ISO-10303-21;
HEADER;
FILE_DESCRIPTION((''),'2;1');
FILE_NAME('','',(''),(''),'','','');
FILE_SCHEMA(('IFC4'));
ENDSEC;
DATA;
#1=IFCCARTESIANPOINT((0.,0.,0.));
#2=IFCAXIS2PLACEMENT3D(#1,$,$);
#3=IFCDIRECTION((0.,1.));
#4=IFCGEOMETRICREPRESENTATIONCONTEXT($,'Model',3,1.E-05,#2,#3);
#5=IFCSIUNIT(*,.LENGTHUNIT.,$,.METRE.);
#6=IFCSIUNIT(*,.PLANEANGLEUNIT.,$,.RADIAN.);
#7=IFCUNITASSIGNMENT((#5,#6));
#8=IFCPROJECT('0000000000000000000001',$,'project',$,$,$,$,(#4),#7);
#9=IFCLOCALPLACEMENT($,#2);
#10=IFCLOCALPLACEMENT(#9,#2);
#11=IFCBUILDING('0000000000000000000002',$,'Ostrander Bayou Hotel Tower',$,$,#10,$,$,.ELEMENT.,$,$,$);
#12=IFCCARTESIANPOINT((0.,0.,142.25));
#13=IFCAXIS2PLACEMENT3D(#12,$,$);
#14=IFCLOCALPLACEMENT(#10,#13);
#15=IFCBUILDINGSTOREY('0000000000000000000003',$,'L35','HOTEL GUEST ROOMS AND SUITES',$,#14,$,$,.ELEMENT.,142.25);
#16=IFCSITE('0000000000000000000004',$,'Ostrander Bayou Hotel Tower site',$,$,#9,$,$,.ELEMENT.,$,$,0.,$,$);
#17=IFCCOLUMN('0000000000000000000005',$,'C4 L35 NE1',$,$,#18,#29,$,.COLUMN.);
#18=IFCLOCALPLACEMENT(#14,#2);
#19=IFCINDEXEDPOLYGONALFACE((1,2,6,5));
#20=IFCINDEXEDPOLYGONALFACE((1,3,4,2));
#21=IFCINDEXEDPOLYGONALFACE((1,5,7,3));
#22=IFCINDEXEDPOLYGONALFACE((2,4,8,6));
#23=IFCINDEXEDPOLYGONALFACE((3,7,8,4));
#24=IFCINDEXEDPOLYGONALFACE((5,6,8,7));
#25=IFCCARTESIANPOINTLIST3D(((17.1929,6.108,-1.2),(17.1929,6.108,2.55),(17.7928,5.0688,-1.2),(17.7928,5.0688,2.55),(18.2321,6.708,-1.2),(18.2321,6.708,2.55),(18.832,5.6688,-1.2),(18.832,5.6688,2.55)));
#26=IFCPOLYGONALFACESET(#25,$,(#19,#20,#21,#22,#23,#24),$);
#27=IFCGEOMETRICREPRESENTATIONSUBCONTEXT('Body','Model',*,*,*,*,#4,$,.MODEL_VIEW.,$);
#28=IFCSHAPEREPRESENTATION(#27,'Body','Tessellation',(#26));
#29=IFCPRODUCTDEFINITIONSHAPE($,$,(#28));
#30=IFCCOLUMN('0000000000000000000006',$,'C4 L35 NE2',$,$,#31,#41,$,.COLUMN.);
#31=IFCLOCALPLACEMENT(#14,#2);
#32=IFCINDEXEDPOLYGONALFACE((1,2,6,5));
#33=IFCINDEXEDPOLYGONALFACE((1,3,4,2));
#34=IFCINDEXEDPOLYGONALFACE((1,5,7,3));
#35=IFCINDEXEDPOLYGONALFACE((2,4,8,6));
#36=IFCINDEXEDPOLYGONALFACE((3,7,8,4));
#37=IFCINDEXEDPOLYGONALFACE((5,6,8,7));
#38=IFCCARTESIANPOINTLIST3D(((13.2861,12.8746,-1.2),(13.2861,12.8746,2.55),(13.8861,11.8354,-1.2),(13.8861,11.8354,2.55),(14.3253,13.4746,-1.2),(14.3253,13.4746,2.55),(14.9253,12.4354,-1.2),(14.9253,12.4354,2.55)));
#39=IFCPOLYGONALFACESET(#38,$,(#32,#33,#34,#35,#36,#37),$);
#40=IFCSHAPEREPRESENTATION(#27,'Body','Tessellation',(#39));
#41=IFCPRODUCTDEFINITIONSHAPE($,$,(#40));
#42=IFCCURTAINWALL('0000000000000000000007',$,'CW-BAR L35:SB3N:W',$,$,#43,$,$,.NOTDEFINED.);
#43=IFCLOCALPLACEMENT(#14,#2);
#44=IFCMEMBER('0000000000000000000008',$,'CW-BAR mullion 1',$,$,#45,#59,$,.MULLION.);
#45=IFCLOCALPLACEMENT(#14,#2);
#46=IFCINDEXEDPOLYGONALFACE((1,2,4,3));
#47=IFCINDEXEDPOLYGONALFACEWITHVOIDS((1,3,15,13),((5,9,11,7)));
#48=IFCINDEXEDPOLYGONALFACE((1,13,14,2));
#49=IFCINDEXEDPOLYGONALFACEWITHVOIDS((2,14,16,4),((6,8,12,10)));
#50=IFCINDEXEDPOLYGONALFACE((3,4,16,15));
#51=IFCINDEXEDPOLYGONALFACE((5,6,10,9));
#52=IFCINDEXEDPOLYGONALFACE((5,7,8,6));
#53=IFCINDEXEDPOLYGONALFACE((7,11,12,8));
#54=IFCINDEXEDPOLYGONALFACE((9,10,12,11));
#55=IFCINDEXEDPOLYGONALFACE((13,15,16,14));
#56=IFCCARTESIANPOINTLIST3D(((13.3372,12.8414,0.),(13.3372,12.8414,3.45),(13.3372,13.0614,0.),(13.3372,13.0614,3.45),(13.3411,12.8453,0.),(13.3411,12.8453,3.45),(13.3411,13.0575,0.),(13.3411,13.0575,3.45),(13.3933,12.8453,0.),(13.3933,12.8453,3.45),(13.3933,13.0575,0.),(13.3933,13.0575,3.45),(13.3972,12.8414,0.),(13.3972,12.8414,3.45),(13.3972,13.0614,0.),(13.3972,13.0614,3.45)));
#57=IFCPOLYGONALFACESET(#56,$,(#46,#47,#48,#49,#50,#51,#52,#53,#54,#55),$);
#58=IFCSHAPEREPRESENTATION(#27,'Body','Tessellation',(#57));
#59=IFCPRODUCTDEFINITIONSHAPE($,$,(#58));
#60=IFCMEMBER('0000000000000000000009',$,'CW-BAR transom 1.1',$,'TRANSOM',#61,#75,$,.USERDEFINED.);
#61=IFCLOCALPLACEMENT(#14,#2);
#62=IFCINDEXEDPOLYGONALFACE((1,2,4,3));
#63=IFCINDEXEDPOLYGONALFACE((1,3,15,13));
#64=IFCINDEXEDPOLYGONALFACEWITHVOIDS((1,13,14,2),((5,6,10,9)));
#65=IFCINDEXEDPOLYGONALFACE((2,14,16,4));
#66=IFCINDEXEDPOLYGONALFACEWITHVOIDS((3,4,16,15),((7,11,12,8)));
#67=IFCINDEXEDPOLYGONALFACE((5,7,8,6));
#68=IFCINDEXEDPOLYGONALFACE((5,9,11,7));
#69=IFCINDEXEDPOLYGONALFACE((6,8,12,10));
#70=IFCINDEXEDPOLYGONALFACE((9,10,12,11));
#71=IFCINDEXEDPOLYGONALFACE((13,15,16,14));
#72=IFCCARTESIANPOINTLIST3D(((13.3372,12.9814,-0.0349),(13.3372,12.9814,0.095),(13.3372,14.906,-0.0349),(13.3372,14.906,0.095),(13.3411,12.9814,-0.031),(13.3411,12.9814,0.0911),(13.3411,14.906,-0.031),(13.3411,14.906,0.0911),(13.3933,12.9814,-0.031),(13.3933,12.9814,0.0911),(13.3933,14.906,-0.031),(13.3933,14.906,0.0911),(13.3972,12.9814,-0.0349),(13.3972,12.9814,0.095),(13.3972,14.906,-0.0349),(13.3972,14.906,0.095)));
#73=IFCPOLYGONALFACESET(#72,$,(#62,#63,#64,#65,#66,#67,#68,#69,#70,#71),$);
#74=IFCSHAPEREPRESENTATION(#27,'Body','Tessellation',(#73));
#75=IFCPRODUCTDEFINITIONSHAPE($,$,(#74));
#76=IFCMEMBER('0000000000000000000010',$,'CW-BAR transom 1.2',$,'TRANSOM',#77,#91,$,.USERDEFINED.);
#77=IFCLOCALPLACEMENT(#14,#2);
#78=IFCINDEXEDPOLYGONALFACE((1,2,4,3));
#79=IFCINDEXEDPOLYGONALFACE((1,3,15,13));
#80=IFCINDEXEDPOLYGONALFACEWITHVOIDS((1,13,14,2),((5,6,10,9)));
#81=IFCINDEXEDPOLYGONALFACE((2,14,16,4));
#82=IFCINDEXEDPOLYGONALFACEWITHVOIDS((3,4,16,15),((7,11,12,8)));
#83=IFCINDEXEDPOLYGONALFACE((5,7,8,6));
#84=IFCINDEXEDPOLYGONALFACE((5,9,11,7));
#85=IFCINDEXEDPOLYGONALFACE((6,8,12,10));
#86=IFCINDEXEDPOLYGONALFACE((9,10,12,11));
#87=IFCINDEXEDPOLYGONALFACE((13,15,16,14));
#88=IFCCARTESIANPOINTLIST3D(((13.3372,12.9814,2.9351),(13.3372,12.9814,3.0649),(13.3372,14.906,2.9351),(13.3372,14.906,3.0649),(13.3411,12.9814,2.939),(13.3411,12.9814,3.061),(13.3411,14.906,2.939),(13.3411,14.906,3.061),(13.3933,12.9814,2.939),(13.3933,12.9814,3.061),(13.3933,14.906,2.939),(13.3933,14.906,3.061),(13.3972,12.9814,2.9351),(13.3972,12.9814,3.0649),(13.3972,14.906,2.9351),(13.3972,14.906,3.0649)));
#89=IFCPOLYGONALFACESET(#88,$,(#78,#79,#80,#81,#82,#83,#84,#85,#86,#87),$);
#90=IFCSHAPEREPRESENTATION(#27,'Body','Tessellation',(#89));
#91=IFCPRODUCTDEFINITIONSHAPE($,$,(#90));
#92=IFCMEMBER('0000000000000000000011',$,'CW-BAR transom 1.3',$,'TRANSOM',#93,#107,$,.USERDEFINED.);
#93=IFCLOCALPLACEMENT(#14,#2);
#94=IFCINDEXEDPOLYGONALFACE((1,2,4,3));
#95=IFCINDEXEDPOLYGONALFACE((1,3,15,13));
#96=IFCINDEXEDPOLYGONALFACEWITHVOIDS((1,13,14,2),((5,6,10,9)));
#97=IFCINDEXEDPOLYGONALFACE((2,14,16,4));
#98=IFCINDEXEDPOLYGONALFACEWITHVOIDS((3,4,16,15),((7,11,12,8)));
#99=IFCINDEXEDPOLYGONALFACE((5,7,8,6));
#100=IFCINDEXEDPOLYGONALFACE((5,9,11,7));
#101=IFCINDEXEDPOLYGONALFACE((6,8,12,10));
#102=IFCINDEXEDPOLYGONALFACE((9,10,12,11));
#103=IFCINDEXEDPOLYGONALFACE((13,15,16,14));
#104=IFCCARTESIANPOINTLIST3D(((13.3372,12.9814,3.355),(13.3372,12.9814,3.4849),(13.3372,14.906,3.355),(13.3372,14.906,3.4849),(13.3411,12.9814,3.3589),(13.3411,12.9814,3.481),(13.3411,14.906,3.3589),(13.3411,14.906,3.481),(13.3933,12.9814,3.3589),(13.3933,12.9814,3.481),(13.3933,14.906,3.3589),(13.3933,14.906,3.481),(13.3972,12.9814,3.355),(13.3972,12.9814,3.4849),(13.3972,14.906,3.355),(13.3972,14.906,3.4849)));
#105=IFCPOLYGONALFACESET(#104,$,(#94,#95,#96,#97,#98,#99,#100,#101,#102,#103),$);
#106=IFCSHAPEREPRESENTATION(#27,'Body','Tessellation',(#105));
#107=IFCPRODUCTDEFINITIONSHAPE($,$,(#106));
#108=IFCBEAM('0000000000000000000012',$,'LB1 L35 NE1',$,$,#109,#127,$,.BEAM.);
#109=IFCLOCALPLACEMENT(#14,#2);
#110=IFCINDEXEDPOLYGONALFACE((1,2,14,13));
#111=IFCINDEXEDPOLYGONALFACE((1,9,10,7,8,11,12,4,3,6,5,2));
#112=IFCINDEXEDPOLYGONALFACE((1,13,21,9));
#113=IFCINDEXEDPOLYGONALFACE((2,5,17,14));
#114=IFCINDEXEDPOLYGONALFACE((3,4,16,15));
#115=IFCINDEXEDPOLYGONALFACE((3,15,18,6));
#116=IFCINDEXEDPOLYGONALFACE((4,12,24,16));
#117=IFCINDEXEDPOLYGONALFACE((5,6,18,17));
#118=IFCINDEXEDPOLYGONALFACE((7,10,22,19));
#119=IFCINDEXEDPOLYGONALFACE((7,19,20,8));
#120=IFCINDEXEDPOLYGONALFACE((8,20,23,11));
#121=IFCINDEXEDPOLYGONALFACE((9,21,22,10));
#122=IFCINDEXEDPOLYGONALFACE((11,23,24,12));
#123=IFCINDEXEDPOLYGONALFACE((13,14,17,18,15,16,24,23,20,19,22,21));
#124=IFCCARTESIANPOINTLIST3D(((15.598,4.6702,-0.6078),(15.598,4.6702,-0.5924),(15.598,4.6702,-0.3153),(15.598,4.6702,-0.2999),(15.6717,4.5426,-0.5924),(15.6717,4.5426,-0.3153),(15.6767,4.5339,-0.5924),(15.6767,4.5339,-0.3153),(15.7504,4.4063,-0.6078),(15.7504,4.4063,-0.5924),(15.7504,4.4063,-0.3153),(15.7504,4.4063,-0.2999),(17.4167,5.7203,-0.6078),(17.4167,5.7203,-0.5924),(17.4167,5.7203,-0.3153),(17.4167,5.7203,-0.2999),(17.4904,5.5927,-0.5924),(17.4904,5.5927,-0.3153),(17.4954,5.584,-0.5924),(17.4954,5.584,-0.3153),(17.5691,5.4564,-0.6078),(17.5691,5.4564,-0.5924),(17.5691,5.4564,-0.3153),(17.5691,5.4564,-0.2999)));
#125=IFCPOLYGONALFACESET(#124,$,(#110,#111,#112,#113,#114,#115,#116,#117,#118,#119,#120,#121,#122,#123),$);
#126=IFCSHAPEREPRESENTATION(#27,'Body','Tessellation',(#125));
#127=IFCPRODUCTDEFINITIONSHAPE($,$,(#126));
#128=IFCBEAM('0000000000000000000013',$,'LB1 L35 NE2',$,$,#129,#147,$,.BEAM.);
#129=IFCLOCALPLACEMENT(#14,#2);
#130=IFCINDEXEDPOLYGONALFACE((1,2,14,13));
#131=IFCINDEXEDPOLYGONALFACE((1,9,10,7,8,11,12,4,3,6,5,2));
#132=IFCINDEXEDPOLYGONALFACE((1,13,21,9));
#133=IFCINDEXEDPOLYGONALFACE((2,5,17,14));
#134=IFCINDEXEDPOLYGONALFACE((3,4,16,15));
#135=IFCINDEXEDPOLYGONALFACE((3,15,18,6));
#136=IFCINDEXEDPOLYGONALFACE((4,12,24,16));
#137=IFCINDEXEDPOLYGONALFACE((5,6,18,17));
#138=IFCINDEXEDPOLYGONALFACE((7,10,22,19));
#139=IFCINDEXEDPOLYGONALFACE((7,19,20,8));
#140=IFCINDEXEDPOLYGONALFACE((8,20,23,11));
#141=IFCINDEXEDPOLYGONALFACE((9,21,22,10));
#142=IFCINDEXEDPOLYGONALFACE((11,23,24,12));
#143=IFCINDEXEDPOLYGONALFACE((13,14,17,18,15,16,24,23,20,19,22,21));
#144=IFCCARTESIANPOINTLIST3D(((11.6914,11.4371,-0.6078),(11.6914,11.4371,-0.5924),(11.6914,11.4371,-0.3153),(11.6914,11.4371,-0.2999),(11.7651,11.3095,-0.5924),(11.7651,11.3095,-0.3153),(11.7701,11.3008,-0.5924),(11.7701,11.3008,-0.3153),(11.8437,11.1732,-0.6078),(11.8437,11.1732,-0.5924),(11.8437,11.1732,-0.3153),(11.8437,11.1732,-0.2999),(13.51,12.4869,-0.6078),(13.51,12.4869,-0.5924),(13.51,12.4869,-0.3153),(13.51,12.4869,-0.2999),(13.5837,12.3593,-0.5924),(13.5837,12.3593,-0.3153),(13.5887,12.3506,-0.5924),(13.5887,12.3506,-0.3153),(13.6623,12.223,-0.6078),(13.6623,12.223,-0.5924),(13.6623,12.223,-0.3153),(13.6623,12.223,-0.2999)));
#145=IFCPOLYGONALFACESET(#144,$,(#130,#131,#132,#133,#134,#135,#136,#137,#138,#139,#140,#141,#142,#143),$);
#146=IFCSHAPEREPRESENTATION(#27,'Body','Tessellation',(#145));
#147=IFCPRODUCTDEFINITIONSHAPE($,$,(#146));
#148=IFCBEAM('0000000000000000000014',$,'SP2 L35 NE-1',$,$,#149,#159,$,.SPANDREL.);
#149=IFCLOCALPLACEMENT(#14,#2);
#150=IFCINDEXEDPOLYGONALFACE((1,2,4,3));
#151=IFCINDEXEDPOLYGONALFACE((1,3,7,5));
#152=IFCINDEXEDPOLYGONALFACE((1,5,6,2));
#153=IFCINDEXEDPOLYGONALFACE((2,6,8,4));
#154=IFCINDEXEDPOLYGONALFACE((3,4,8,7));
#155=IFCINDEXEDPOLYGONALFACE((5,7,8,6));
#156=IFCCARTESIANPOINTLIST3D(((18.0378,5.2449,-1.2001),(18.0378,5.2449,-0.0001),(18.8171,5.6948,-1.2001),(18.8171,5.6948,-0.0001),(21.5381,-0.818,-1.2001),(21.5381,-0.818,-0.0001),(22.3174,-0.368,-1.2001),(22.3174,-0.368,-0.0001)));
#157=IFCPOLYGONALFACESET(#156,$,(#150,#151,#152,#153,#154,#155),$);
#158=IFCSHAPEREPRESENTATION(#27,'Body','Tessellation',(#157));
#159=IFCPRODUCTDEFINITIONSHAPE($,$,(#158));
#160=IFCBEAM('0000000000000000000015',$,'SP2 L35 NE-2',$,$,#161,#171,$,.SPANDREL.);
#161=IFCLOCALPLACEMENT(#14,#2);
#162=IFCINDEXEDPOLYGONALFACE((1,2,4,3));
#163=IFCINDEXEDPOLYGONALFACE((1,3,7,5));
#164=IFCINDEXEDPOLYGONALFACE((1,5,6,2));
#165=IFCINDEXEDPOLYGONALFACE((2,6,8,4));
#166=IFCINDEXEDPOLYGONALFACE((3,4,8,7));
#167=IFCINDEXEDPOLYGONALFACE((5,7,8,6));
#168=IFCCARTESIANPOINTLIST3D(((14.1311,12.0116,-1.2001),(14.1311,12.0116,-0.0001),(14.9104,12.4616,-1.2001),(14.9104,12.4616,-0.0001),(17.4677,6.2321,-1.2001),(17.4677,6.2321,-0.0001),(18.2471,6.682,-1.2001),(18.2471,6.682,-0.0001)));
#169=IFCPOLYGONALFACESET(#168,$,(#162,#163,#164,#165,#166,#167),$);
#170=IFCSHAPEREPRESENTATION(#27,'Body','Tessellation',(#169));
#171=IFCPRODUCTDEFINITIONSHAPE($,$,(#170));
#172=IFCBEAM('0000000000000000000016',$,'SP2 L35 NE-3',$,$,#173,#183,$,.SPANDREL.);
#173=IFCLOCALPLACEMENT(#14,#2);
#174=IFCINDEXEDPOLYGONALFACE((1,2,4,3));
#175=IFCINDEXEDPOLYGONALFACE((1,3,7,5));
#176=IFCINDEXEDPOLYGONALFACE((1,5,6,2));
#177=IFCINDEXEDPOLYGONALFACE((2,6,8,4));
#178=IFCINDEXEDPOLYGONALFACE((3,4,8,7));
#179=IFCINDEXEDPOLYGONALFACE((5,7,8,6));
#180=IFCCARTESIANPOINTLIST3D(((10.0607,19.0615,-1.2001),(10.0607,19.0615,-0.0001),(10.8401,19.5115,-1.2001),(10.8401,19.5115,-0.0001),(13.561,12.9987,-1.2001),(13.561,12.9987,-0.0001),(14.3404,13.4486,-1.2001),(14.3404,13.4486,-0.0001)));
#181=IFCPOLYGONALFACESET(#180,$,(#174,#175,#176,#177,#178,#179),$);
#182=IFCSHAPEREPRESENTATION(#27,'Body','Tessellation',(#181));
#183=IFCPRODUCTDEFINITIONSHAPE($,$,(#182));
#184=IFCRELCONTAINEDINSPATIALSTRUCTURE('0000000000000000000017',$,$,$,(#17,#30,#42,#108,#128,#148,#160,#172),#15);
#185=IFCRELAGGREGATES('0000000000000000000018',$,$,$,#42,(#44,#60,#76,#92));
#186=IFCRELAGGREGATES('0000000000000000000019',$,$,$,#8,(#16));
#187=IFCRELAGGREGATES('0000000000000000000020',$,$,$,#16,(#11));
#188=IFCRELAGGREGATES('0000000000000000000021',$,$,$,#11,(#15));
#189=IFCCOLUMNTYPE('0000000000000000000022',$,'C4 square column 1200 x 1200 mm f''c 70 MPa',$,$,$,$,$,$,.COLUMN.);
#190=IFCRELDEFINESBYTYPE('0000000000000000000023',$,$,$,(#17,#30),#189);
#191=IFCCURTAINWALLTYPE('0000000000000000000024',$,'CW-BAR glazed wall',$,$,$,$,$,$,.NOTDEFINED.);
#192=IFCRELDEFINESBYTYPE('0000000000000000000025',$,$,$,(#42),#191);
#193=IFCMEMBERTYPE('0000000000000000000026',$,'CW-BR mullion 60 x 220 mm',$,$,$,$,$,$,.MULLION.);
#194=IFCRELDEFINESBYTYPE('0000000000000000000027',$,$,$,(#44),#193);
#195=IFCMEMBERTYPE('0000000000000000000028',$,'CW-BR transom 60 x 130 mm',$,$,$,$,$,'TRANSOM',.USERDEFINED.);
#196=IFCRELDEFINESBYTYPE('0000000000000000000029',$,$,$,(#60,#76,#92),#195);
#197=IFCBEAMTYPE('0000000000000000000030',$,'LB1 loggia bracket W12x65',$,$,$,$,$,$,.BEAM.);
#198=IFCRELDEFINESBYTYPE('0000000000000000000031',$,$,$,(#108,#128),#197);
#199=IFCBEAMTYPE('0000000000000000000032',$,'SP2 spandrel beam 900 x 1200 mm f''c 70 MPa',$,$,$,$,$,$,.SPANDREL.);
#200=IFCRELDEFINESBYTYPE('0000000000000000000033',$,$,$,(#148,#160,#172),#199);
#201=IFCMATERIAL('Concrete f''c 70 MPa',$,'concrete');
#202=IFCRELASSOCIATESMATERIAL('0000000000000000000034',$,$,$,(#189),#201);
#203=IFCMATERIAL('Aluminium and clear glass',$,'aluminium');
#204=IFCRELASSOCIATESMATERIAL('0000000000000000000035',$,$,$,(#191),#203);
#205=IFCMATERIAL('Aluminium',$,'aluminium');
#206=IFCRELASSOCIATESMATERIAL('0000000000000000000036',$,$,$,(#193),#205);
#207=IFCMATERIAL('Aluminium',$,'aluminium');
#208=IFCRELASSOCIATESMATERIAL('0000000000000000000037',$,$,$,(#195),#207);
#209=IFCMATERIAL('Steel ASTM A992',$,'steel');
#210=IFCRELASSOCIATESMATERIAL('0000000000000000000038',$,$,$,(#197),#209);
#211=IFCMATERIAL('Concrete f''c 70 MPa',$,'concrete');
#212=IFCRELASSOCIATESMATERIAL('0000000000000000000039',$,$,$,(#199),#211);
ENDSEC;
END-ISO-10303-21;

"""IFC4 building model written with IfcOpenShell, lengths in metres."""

from ifc_helpers import new_model, si_unit, direction, frame, origin, origin_2d, place, context, subcontext, project, spatial, rectangle, hollow_rectangle, i_section, extrude, material, material_profile, profile_set, type_object, element, aggregate, save


model = new_model("IFC4")

# Units and contexts
model_context = context("Model", 3, precision=1e-05, world=origin(), true_north=direction((0.0, 1.0)))
body_context = subcontext(model_context, "Body", "Model", "MODEL_VIEW")
ifc_project = project(units=[si_unit("LENGTHUNIT", "METRE"), si_unit("PLANEANGLEUNIT", "RADIAN")], contexts=[model_context])

# Site, building, storey
site_placement = place(None, origin())
site = spatial("IfcSite", under=ifc_project, at=site_placement, Name="Ostrander Bayou Hotel Tower site", CompositionType="ELEMENT", RefElevation=0.0)
building_placement = place(site_placement, origin())
building = spatial("IfcBuilding", under=site, at=building_placement, Name="Ostrander Bayou Hotel Tower", CompositionType="ELEMENT")
storey_placement = place(building_placement, frame((0.0, 0.0, 142.25)))
storey = spatial("IfcBuildingStorey", under=building, at=storey_placement, Name="L35", Description="HOTEL GUEST ROOMS AND SUITES", CompositionType="ELEMENT", Elevation=142.25)

# Columns
ifc_material_1 = material(Name="Concrete f'c 70 MPa", Category="concrete")
ifc_material_profile_1 = material_profile(ifc_material_1, rectangle(XDim=1.2, YDim=1.2, at=origin_2d()))
ifc_profile_set_1 = profile_set([ifc_material_profile_1], Name="Concrete f'c 70 MPa")
column_type = type_object("IfcColumnType", Name="C4 square column 1200 x 1200 mm f'c 70 MPa", PredefinedType="COLUMN", material=ifc_profile_set_1)
for number, where, z_axis, x_axis, name in (
    (1, (18.0125, 5.8884, -1.2), (0.0, 0.0, 1.0), (0.5, -0.866025, 0.0), "C4 L35 NE1"),
    (2, (14.1057, 12.655, -1.2), (0.0, 0.0, 1.0), (0.5, -0.866025, 0.0), "C4 L35 NE2"),
):
    element("IfcColumn", number, at=place(storey_placement, frame(where, z_axis=z_axis, x_axis=x_axis)), inside=storey, type_object=column_type, Name=name, PredefinedType="COLUMN", context=body_context, shape_type="SweptSolid", body=[
        extrude(rectangle(XDim=1.2, YDim=1.2, at=origin_2d()), origin(), (0.0, 0.0, 1.0), 3.75),
    ])

# Curtain wall, members
ifc_material_2 = material(Name="Aluminium and clear glass", Category="aluminium")
curtain_wall_type = type_object("IfcCurtainWallType", Name="CW-BAR glazed wall", PredefinedType="NOTDEFINED", material=ifc_material_2)
curtain_wall_placement = place(storey_placement, origin())
curtain_wall = element("IfcCurtainWall", 3, at=curtain_wall_placement, inside=storey, type_object=curtain_wall_type, Name="CW-BAR L35:SB3N:W", PredefinedType="NOTDEFINED")
ifc_material_3 = material(Name="Aluminium", Category="aluminium")
ifc_material_profile_2 = material_profile(ifc_material_3, hollow_rectangle(XDim=0.0601, YDim=0.22, WallThickness=0.0039, at=origin_2d()))
ifc_profile_set_2 = profile_set([ifc_material_profile_2], Name="Aluminium")
member_type_1 = type_object("IfcMemberType", Name="CW-BR mullion 60 x 220 mm", PredefinedType="MULLION", material=ifc_profile_set_2)
member_1_placement = place(storey_placement, frame((13.3672, 12.9514, 0.0), z_axis=(0.0, 0.0, 1.0), x_axis=(-1.0, 0.0, 0.0)))
member_1 = element("IfcMember", 4, at=member_1_placement, type_object=member_type_1, Name="CW-BAR mullion 1", PredefinedType="MULLION", context=body_context, shape_type="SweptSolid", body=[
    extrude(hollow_rectangle(XDim=0.0601, YDim=0.22, WallThickness=0.0039, at=origin_2d()), origin(), (0.0, 0.0, 1.0), 3.45),
])
ifc_material_4 = material(Name="Aluminium", Category="aluminium")
ifc_material_profile_3 = material_profile(ifc_material_4, hollow_rectangle(XDim=0.0601, YDim=0.1299, WallThickness=0.0039, at=origin_2d()))
ifc_profile_set_3 = profile_set([ifc_material_profile_3], Name="Aluminium")
member_type_2 = type_object("IfcMemberType", Name="CW-BR transom 60 x 130 mm", ElementType="TRANSOM", PredefinedType="USERDEFINED", material=ifc_profile_set_3)
member_2_placement = place(storey_placement, frame((13.3672, 12.9814, 0.03), z_axis=(0.0, 1.0, 0.0), x_axis=(-1.0, 0.0, 0.0)))
member_2 = element("IfcMember", 5, at=member_2_placement, type_object=member_type_2, Name="CW-BAR transom 1.1", ObjectType="TRANSOM", PredefinedType="USERDEFINED", context=body_context, shape_type="SweptSolid", body=[
    extrude(hollow_rectangle(XDim=0.0601, YDim=0.1299, WallThickness=0.0039, at=origin_2d()), origin(), (0.0, 0.0, 1.0), 1.9246),
])
member_3_placement = place(storey_placement, frame((13.3672, 12.9814, 3.0), z_axis=(0.0, 1.0, 0.0), x_axis=(-1.0, 0.0, 0.0)))
member_3 = element("IfcMember", 6, at=member_3_placement, type_object=member_type_2, Name="CW-BAR transom 1.2", ObjectType="TRANSOM", PredefinedType="USERDEFINED", context=body_context, shape_type="SweptSolid", body=[
    extrude(hollow_rectangle(XDim=0.0601, YDim=0.1299, WallThickness=0.0039, at=origin_2d()), origin(), (0.0, 0.0, 1.0), 1.9246),
])
member_4_placement = place(storey_placement, frame((13.3672, 12.9814, 3.4199), z_axis=(0.0, 1.0, 0.0), x_axis=(-1.0, 0.0, 0.0)))
member_4 = element("IfcMember", 7, at=member_4_placement, type_object=member_type_2, Name="CW-BAR transom 1.3", ObjectType="TRANSOM", PredefinedType="USERDEFINED", context=body_context, shape_type="SweptSolid", body=[
    extrude(hollow_rectangle(XDim=0.0601, YDim=0.1299, WallThickness=0.0039, at=origin_2d()), origin(), (0.0, 0.0, 1.0), 1.9246),
])
aggregate(curtain_wall, [member_1, member_2, member_3, member_4])

# Beams
ifc_material_5 = material(Name="Steel ASTM A992", Category="steel")
ifc_material_profile_4 = material_profile(ifc_material_5, i_section(OverallWidth=0.3047, OverallDepth=0.3079, WebThickness=0.01, FlangeThickness=0.0154, at=origin_2d()))
ifc_profile_set_4 = profile_set([ifc_material_profile_4], Name="Steel ASTM A992")
beam_type_1 = type_object("IfcBeamType", Name="LB1 loggia bracket W12x65", PredefinedType="BEAM", material=ifc_profile_set_4)
beam_1_placement = place(storey_placement, frame((17.4929, 5.5884, -0.4539), z_axis=(-0.866009, -0.500028, 0.0), x_axis=(0.500028, -0.866009, 0.0)))
element("IfcBeam", 8, at=beam_1_placement, inside=storey, type_object=beam_type_1, Name="LB1 L35 NE1", PredefinedType="BEAM", context=body_context, shape_type="SweptSolid", body=[
    extrude(i_section(OverallWidth=0.3047, OverallDepth=0.3079, WebThickness=0.01, FlangeThickness=0.0154, at=origin_2d()), origin(), (0.0, 0.0, 1.0), 2.1001),
])
beam_2_placement = place(storey_placement, frame((13.5862, 12.355, -0.4539), z_axis=(-0.86606, -0.499941, 0.0), x_axis=(0.499941, -0.86606, 0.0)))
element("IfcBeam", 9, at=beam_2_placement, inside=storey, type_object=beam_type_1, Name="LB1 L35 NE2", PredefinedType="BEAM", context=body_context, shape_type="SweptSolid", body=[
    extrude(i_section(OverallWidth=0.3047, OverallDepth=0.3079, WebThickness=0.01, FlangeThickness=0.0154, at=origin_2d()), origin(), (0.0, 0.0, 1.0), 2.0999),
])
ifc_material_6 = material(Name="Concrete f'c 70 MPa", Category="concrete")
ifc_material_profile_5 = material_profile(ifc_material_6, rectangle(XDim=0.8999, YDim=1.2, at=origin_2d()))
ifc_profile_set_5 = profile_set([ifc_material_profile_5], Name="Concrete f'c 70 MPa")
beam_type_2 = type_object("IfcBeamType", Name="SP2 spandrel beam 900 x 1200 mm f'c 70 MPa", PredefinedType="SPANDREL", material=ifc_profile_set_5)
beam_3_placement = place(storey_placement, frame((21.9277, -0.593, -0.6001), z_axis=(-0.499991, 0.866031, 0.0), x_axis=(-0.866031, -0.499991, 0.0)))
element("IfcBeam", 10, at=beam_3_placement, inside=storey, type_object=beam_type_2, Name="SP2 L35 NE-1", PredefinedType="SPANDREL", context=body_context, shape_type="SweptSolid", body=[
    extrude(rectangle(XDim=0.8999, YDim=1.2, at=origin_2d()), origin(), (0.0, 0.0, 1.0), 7.0007),
])
beam_4_placement = place(storey_placement, frame((17.8574, 6.457, -0.6001), z_axis=(-0.499983, 0.866035, 0.0), x_axis=(-0.866035, -0.499983, 0.0)))
element("IfcBeam", 11, at=beam_4_placement, inside=storey, type_object=beam_type_2, Name="SP2 L35 NE-2", PredefinedType="SPANDREL", context=body_context, shape_type="SweptSolid", body=[
    extrude(rectangle(XDim=0.8999, YDim=1.2, at=origin_2d()), origin(), (0.0, 0.0, 1.0), 6.6736),
])
beam_5_placement = place(storey_placement, frame((13.9507, 13.2236, -0.6001), z_axis=(-0.499991, 0.866031, 0.0), x_axis=(-0.866031, -0.499991, 0.0)))
element("IfcBeam", 12, at=beam_5_placement, inside=storey, type_object=beam_type_2, Name="SP2 L35 NE-3", PredefinedType="SPANDREL", context=body_context, shape_type="SweptSolid", body=[
    extrude(rectangle(XDim=0.8999, YDim=1.2, at=origin_2d()), origin(), (0.0, 0.0, 1.0), 7.0007),
])

save(model, "model.ifc")
